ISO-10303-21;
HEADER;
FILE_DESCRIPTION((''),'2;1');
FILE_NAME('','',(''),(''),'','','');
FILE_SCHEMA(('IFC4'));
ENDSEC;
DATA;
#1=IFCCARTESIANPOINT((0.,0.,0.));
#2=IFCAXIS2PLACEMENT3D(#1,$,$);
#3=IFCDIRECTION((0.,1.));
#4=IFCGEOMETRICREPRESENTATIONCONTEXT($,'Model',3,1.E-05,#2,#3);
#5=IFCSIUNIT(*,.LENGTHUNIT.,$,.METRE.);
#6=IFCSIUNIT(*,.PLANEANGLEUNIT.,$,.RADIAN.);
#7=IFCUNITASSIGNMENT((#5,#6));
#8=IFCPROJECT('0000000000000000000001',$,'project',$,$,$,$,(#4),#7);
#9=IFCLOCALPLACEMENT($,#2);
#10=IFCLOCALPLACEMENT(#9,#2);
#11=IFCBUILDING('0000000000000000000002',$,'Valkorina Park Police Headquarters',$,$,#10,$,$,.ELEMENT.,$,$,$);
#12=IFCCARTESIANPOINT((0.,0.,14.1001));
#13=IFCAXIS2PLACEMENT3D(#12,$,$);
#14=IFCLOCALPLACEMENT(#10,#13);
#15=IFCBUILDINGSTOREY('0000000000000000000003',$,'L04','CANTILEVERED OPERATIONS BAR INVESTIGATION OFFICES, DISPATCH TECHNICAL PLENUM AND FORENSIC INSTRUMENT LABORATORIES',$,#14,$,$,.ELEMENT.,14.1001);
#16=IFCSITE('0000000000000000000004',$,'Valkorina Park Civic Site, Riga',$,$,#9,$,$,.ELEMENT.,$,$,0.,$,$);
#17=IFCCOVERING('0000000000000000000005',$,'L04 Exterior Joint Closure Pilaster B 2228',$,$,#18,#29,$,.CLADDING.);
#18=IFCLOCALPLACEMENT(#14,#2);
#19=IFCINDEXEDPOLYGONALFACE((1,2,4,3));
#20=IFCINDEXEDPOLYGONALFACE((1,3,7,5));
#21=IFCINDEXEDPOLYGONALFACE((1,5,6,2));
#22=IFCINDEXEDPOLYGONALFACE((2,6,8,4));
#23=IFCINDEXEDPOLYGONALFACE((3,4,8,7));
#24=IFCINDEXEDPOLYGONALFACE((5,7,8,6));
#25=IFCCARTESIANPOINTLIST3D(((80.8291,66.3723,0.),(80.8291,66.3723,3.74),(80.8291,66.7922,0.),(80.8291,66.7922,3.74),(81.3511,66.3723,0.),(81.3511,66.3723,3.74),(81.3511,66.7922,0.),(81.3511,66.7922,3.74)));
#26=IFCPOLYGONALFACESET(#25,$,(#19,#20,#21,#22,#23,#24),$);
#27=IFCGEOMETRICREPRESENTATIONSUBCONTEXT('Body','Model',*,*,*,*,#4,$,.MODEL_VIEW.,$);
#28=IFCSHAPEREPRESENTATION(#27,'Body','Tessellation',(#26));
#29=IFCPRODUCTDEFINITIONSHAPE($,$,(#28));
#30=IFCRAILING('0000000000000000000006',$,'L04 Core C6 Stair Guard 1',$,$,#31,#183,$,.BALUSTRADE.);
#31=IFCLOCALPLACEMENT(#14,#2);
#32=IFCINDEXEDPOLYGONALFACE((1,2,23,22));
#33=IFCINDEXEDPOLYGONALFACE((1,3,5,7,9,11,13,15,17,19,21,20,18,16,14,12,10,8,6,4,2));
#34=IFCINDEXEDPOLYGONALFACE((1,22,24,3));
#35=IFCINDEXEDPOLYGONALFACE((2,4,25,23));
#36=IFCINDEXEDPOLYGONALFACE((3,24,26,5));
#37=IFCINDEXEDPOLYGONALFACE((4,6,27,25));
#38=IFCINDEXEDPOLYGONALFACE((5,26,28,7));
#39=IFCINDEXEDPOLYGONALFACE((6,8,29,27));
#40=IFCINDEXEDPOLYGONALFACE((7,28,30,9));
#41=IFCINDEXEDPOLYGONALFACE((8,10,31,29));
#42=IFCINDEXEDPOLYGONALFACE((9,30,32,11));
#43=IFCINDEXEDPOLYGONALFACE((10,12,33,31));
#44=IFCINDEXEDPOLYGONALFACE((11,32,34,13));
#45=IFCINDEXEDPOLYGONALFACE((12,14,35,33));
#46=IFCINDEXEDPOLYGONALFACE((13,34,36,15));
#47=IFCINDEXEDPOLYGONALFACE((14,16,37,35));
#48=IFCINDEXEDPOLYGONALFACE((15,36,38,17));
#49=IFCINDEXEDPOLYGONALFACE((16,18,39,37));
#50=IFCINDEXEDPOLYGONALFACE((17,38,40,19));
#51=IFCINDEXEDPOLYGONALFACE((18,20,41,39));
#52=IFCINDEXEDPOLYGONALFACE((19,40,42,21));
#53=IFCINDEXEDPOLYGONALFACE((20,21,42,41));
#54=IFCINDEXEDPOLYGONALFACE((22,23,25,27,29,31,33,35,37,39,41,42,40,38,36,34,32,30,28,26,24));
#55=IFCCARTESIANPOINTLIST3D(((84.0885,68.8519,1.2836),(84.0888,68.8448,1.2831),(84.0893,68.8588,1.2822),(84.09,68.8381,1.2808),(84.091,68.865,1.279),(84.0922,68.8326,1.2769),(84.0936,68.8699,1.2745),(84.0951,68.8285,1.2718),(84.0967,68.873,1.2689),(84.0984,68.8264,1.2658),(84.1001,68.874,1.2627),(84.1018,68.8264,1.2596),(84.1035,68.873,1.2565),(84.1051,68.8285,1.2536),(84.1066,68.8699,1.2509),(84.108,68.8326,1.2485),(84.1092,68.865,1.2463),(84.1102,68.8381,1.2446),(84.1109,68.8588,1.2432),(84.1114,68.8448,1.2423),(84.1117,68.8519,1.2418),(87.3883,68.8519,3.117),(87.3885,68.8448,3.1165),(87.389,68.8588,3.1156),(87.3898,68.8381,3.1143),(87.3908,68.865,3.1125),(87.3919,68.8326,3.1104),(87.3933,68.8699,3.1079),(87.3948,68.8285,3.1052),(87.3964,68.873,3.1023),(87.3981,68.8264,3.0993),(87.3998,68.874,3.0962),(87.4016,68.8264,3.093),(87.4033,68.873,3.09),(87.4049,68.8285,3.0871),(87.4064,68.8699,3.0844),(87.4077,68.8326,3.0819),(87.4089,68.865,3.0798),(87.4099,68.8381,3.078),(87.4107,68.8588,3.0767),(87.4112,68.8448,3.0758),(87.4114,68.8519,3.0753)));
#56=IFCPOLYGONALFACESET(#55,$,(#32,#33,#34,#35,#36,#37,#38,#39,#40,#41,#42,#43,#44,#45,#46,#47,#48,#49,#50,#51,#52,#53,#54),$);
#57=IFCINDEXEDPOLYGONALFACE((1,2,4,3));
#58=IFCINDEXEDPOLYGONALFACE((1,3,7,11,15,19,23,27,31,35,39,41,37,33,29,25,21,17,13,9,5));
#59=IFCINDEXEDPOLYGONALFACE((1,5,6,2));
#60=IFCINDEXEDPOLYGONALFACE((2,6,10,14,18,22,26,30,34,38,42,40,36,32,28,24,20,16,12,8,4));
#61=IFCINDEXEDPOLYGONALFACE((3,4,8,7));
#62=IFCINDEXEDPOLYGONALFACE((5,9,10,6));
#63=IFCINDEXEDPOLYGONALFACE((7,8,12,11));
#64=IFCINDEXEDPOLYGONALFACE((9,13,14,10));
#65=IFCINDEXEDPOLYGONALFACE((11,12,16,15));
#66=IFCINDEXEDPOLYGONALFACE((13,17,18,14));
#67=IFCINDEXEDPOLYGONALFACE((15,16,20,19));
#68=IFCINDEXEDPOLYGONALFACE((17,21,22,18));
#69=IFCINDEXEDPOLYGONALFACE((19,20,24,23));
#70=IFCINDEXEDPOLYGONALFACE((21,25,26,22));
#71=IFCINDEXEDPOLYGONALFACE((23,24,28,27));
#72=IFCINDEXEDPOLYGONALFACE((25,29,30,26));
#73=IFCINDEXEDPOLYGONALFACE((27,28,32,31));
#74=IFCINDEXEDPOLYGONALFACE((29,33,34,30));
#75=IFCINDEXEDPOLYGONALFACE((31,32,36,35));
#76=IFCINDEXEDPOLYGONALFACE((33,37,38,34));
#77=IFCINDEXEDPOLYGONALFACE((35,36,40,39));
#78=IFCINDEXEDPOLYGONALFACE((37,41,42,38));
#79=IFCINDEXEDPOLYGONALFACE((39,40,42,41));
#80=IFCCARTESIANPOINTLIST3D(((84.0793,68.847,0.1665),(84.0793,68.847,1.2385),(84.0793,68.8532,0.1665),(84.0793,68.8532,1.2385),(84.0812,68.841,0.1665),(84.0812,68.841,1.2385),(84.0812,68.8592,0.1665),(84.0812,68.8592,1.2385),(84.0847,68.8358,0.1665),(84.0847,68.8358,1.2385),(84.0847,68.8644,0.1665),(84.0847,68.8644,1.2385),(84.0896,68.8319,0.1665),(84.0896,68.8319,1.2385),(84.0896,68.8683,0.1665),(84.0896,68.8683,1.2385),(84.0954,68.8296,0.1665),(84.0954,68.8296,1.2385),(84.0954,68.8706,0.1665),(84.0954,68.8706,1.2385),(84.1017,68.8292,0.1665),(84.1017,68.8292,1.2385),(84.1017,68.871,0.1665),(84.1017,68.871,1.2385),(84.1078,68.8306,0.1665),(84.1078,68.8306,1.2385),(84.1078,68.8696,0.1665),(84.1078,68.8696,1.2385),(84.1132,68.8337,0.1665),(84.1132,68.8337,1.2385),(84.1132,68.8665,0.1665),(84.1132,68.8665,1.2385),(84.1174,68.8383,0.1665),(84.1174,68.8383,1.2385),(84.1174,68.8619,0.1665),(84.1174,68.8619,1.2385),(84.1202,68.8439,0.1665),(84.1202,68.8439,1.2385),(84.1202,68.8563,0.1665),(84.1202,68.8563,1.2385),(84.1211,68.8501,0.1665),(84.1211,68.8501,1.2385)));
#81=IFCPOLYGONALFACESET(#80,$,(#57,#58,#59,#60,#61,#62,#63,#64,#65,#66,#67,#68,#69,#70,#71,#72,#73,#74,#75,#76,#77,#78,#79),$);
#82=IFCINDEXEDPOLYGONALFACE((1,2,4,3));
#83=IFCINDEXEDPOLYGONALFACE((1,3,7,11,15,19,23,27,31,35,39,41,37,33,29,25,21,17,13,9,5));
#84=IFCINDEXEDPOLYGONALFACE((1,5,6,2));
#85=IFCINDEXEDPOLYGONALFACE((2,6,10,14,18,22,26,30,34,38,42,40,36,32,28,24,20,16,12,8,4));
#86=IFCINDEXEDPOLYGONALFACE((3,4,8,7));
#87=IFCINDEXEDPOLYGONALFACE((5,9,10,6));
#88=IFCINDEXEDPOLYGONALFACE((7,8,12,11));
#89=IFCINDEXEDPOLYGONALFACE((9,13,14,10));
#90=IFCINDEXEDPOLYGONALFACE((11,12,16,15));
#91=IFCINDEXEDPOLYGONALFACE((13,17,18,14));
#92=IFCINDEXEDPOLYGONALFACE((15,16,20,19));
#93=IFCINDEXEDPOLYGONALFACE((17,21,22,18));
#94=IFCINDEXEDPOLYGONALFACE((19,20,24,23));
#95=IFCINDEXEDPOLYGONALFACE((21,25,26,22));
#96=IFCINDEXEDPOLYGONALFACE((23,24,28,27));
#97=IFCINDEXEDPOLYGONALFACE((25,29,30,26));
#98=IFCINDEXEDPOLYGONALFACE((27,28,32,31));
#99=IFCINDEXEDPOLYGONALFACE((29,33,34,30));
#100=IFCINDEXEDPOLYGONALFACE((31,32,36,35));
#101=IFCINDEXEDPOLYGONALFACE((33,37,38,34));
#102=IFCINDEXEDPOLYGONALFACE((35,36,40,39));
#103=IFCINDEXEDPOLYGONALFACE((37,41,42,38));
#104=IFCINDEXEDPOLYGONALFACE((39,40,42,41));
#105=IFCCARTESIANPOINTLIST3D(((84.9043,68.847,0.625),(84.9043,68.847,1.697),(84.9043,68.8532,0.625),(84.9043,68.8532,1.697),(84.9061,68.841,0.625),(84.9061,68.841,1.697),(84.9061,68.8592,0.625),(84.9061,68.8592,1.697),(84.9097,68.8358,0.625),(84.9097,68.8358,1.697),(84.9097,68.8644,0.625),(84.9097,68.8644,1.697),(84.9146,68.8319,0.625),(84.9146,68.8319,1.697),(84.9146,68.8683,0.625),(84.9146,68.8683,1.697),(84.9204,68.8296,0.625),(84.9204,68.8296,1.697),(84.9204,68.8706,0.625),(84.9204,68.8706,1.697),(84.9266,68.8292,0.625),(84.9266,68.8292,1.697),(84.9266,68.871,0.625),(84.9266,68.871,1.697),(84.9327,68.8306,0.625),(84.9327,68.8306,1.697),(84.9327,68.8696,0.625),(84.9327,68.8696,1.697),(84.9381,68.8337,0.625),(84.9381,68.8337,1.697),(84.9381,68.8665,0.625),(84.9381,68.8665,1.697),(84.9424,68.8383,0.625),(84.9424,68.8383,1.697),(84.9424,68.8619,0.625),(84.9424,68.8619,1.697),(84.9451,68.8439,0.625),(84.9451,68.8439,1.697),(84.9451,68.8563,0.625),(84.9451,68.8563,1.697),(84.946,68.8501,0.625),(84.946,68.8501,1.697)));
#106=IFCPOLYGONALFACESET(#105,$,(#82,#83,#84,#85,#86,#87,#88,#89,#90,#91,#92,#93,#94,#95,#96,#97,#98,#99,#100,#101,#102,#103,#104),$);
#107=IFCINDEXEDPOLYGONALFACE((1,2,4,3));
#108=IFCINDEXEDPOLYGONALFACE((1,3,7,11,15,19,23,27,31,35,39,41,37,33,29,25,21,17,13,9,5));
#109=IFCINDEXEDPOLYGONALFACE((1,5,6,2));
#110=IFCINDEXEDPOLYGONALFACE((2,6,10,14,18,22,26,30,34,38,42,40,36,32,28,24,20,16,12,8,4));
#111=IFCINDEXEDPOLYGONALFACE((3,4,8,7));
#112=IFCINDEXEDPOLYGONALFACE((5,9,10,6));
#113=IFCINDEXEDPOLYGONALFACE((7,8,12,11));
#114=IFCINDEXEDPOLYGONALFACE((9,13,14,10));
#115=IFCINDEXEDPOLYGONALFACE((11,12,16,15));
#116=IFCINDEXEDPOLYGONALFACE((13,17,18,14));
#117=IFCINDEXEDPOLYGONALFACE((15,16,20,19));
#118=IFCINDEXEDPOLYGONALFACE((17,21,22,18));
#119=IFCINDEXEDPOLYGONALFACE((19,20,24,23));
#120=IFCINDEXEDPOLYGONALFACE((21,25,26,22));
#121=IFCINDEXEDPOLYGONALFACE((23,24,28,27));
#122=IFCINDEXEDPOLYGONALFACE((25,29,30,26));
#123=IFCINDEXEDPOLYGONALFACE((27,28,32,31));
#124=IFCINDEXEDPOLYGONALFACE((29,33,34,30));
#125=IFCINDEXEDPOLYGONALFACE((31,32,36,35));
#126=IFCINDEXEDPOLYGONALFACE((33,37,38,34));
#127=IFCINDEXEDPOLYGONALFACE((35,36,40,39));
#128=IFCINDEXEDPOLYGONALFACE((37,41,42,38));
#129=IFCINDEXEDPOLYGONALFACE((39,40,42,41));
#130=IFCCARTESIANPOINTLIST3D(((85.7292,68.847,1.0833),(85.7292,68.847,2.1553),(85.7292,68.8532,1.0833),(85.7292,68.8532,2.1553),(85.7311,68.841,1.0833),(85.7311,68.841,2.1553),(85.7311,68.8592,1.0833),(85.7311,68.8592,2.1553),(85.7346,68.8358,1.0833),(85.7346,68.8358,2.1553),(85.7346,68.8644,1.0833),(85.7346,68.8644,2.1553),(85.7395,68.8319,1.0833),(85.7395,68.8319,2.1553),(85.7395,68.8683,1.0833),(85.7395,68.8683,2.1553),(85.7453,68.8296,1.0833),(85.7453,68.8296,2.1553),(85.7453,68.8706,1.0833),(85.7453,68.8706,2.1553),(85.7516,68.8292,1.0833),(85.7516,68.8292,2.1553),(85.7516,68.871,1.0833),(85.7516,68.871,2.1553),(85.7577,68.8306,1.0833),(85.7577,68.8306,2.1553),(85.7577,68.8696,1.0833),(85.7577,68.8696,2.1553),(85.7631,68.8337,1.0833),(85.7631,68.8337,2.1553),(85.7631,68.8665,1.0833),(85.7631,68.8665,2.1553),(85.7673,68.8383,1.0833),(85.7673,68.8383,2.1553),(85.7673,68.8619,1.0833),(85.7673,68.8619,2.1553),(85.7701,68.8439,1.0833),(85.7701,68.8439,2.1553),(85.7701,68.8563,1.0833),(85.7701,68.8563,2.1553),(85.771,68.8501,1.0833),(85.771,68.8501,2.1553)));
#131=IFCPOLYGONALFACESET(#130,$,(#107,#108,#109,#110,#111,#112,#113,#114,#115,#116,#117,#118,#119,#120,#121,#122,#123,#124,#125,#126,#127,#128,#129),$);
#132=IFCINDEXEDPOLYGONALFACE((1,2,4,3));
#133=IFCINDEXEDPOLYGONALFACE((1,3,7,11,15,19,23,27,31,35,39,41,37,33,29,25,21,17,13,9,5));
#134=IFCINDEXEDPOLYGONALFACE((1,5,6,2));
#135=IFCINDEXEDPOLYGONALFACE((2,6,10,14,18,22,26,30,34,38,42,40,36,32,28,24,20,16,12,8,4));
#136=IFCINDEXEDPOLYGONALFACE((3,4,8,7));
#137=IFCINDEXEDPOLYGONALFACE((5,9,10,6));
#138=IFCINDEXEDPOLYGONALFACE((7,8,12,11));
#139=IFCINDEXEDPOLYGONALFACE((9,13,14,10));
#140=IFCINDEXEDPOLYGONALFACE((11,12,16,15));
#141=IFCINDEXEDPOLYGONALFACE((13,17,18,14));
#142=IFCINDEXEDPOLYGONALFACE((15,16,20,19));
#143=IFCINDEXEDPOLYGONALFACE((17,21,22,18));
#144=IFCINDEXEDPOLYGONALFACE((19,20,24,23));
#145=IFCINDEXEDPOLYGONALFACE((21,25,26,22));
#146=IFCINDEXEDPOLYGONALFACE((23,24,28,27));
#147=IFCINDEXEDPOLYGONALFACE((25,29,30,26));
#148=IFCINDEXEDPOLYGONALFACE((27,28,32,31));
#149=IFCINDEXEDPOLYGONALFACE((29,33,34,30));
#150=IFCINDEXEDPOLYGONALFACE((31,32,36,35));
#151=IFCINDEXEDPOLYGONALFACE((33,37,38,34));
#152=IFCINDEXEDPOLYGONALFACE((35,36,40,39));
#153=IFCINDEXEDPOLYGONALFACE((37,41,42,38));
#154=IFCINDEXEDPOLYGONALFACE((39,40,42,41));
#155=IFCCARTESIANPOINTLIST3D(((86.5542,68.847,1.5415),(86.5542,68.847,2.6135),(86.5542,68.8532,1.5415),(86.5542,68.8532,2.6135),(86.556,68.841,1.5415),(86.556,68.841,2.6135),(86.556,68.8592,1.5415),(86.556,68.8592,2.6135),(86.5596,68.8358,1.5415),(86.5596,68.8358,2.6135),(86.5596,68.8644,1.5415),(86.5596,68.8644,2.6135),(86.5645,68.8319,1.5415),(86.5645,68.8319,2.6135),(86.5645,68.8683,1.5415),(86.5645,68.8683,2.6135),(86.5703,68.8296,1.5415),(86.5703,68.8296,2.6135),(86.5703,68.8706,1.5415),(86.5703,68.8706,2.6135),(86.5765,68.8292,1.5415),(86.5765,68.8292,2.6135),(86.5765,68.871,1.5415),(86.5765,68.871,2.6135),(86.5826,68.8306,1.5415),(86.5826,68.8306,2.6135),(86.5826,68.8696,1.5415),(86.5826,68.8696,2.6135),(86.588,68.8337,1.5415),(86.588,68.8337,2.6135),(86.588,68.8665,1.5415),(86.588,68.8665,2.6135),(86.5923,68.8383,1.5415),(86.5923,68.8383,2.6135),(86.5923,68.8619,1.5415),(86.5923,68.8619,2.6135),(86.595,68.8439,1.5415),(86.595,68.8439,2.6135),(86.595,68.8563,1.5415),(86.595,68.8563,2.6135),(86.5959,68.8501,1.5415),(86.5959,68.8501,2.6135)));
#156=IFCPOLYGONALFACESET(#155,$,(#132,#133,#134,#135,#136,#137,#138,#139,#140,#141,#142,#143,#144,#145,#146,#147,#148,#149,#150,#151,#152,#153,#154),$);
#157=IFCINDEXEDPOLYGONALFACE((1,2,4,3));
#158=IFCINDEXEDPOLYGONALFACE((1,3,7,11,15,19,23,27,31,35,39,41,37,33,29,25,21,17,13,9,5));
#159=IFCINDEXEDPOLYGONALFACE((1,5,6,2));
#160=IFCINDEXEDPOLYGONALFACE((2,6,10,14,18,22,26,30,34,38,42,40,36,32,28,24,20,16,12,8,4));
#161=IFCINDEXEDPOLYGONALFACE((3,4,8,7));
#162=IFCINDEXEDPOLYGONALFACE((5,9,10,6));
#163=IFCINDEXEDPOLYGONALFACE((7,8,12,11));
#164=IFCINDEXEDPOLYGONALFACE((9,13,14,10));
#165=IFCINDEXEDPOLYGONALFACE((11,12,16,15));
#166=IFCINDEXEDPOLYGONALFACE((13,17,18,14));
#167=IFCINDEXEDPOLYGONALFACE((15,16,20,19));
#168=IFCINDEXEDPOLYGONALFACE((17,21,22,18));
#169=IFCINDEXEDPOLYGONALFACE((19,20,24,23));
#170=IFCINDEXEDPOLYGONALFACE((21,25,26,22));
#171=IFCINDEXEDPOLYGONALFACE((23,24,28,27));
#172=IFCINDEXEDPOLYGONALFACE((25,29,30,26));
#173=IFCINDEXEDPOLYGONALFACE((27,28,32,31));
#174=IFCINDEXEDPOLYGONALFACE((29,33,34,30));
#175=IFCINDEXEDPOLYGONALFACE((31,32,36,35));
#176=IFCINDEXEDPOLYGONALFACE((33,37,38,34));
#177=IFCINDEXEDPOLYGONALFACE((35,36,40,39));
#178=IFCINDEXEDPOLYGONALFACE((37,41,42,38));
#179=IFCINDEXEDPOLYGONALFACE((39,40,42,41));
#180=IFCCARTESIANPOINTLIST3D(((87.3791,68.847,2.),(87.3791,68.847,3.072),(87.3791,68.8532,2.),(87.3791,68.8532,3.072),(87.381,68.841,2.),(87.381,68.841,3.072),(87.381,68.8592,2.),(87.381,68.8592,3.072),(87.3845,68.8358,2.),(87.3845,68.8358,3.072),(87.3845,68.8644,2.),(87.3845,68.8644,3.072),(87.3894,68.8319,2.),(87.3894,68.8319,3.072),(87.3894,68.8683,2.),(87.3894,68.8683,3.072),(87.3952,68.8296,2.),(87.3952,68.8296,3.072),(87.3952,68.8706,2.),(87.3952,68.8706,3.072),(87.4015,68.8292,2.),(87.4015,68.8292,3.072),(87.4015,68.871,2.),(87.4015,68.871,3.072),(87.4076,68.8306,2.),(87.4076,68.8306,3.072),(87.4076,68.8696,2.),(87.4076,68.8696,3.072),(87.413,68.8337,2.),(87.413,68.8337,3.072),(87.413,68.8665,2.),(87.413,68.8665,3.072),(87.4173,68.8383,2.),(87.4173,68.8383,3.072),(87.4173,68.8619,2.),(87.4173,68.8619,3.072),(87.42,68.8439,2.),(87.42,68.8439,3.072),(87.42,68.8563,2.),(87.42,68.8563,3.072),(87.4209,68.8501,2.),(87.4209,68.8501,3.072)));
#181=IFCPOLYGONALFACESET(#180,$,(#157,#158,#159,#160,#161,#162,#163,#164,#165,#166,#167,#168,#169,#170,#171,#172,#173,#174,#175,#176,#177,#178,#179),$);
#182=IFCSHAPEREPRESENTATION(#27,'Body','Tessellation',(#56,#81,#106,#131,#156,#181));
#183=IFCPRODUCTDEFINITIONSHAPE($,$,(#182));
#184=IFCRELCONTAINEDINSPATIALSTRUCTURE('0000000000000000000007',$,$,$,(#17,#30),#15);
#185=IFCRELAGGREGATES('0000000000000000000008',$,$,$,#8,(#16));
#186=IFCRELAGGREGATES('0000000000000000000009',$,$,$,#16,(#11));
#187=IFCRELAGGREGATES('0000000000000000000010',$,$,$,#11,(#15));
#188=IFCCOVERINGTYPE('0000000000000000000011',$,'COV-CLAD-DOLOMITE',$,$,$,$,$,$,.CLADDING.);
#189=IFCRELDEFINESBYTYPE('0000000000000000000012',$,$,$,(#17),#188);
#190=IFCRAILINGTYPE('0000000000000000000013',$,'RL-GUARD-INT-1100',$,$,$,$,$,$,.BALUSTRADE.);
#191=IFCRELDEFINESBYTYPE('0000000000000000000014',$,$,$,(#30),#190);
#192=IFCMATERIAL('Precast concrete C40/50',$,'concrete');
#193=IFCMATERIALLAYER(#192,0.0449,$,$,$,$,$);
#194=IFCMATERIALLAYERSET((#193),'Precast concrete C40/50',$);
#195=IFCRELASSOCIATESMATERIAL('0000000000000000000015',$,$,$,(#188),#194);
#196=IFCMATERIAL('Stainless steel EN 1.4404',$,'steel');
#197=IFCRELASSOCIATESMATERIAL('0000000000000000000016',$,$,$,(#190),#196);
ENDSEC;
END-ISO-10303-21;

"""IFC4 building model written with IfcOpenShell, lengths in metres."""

from ifc_helpers import new_model, si_unit, direction, frame, origin, origin_2d, place, context, subcontext, project, spatial, rectangle, circle, extrude, material, layer, layer_set, type_object, element, save


model = new_model("IFC4")

# Units and contexts
model_context = context("Model", 3, precision=1e-05, world=origin(), true_north=direction((0.0, 1.0)))
body_context = subcontext(model_context, "Body", "Model", "MODEL_VIEW")
ifc_project = project(units=[si_unit("LENGTHUNIT", "METRE"), si_unit("PLANEANGLEUNIT", "RADIAN")], contexts=[model_context])

# Site, building, storey
site_placement = place(None, origin())
site = spatial("IfcSite", under=ifc_project, at=site_placement, Name="Valkorina Park Civic Site, Riga", CompositionType="ELEMENT", RefElevation=0.0)
building_placement = place(site_placement, origin())
building = spatial("IfcBuilding", under=site, at=building_placement, Name="Valkorina Park Police Headquarters", CompositionType="ELEMENT")
storey_placement = place(building_placement, frame((0.0, 0.0, 14.1001)))
storey = spatial("IfcBuildingStorey", under=building, at=storey_placement, Name="L04", Description="CANTILEVERED OPERATIONS BAR INVESTIGATION OFFICES, DISPATCH TECHNICAL PLENUM AND FORENSIC INSTRUMENT LABORATORIES", CompositionType="ELEMENT", Elevation=14.1001)

# Covering
ifc_material_1 = material(Name="Precast concrete C40/50", Category="concrete")
ifc_layer_1 = layer(ifc_material_1, 0.0449)
ifc_layer_set_1 = layer_set([ifc_layer_1], Name="Precast concrete C40/50")
covering_type = type_object("IfcCoveringType", Name="COV-CLAD-DOLOMITE", PredefinedType="CLADDING", material=ifc_layer_set_1)
for number, where, z_axis, x_axis, name in (
    (1, (81.0901, 66.5823, 0.0), (0.0, 0.0, 1.0), (0.0, 1.0, 0.0), "L04 Exterior Joint Closure Pilaster B 2228"),
):
    element("IfcCovering", number, at=place(storey_placement, frame(where, z_axis=z_axis, x_axis=x_axis)), inside=storey, type_object=covering_type, Name=name, PredefinedType="CLADDING", context=body_context, shape_type="SweptSolid", body=[
        extrude(rectangle(XDim=0.4199, YDim=0.522, at=origin_2d()), origin(), (0.0, 0.0, 1.0), 3.74),
    ])

# Railing
ifc_material_2 = material(Name="Stainless steel EN 1.4404", Category="steel")
railing_type_1 = type_object("IfcRailingType", Name="RL-GUARD-INT-1100", PredefinedType="BALUSTRADE", material=ifc_material_2)
railing_1_placement = place(storey_placement, frame((84.1001, 68.8501, 0.1665)))
element("IfcRailing", 2, at=railing_1_placement, inside=storey, type_object=railing_type_1, Name="L04 Core C6 Stair Guard 1", PredefinedType="BALUSTRADE", context=body_context, shape_type="SweptSolid", body=[
    extrude(circle(Radius=0.0239, at=origin_2d()), frame((0.0, 0.0, 1.0962), z_axis=(0.874127, 0.0, 0.485698), x_axis=(0.0, 1.0, 0.0)), (0.0, 0.0, 1.0), 3.7749),
    extrude(circle(Radius=0.021, at=origin_2d()), origin(), (0.0, 0.0, 1.0), 1.072),
    extrude(circle(Radius=0.021, at=origin_2d()), frame((0.825, 0.0, 0.4585)), (0.0, 0.0, 1.0), 1.072),
    extrude(circle(Radius=0.021, at=origin_2d()), frame((1.6499, 0.0, 0.9167)), (0.0, 0.0, 1.0), 1.072),
    extrude(circle(Radius=0.021, at=origin_2d()), frame((2.4749, 0.0, 1.375)), (0.0, 0.0, 1.0), 1.072),
    extrude(circle(Radius=0.021, at=origin_2d()), frame((3.2998, 0.0, 1.8335)), (0.0, 0.0, 1.0), 1.072),
])

save(model, "model.ifc")
